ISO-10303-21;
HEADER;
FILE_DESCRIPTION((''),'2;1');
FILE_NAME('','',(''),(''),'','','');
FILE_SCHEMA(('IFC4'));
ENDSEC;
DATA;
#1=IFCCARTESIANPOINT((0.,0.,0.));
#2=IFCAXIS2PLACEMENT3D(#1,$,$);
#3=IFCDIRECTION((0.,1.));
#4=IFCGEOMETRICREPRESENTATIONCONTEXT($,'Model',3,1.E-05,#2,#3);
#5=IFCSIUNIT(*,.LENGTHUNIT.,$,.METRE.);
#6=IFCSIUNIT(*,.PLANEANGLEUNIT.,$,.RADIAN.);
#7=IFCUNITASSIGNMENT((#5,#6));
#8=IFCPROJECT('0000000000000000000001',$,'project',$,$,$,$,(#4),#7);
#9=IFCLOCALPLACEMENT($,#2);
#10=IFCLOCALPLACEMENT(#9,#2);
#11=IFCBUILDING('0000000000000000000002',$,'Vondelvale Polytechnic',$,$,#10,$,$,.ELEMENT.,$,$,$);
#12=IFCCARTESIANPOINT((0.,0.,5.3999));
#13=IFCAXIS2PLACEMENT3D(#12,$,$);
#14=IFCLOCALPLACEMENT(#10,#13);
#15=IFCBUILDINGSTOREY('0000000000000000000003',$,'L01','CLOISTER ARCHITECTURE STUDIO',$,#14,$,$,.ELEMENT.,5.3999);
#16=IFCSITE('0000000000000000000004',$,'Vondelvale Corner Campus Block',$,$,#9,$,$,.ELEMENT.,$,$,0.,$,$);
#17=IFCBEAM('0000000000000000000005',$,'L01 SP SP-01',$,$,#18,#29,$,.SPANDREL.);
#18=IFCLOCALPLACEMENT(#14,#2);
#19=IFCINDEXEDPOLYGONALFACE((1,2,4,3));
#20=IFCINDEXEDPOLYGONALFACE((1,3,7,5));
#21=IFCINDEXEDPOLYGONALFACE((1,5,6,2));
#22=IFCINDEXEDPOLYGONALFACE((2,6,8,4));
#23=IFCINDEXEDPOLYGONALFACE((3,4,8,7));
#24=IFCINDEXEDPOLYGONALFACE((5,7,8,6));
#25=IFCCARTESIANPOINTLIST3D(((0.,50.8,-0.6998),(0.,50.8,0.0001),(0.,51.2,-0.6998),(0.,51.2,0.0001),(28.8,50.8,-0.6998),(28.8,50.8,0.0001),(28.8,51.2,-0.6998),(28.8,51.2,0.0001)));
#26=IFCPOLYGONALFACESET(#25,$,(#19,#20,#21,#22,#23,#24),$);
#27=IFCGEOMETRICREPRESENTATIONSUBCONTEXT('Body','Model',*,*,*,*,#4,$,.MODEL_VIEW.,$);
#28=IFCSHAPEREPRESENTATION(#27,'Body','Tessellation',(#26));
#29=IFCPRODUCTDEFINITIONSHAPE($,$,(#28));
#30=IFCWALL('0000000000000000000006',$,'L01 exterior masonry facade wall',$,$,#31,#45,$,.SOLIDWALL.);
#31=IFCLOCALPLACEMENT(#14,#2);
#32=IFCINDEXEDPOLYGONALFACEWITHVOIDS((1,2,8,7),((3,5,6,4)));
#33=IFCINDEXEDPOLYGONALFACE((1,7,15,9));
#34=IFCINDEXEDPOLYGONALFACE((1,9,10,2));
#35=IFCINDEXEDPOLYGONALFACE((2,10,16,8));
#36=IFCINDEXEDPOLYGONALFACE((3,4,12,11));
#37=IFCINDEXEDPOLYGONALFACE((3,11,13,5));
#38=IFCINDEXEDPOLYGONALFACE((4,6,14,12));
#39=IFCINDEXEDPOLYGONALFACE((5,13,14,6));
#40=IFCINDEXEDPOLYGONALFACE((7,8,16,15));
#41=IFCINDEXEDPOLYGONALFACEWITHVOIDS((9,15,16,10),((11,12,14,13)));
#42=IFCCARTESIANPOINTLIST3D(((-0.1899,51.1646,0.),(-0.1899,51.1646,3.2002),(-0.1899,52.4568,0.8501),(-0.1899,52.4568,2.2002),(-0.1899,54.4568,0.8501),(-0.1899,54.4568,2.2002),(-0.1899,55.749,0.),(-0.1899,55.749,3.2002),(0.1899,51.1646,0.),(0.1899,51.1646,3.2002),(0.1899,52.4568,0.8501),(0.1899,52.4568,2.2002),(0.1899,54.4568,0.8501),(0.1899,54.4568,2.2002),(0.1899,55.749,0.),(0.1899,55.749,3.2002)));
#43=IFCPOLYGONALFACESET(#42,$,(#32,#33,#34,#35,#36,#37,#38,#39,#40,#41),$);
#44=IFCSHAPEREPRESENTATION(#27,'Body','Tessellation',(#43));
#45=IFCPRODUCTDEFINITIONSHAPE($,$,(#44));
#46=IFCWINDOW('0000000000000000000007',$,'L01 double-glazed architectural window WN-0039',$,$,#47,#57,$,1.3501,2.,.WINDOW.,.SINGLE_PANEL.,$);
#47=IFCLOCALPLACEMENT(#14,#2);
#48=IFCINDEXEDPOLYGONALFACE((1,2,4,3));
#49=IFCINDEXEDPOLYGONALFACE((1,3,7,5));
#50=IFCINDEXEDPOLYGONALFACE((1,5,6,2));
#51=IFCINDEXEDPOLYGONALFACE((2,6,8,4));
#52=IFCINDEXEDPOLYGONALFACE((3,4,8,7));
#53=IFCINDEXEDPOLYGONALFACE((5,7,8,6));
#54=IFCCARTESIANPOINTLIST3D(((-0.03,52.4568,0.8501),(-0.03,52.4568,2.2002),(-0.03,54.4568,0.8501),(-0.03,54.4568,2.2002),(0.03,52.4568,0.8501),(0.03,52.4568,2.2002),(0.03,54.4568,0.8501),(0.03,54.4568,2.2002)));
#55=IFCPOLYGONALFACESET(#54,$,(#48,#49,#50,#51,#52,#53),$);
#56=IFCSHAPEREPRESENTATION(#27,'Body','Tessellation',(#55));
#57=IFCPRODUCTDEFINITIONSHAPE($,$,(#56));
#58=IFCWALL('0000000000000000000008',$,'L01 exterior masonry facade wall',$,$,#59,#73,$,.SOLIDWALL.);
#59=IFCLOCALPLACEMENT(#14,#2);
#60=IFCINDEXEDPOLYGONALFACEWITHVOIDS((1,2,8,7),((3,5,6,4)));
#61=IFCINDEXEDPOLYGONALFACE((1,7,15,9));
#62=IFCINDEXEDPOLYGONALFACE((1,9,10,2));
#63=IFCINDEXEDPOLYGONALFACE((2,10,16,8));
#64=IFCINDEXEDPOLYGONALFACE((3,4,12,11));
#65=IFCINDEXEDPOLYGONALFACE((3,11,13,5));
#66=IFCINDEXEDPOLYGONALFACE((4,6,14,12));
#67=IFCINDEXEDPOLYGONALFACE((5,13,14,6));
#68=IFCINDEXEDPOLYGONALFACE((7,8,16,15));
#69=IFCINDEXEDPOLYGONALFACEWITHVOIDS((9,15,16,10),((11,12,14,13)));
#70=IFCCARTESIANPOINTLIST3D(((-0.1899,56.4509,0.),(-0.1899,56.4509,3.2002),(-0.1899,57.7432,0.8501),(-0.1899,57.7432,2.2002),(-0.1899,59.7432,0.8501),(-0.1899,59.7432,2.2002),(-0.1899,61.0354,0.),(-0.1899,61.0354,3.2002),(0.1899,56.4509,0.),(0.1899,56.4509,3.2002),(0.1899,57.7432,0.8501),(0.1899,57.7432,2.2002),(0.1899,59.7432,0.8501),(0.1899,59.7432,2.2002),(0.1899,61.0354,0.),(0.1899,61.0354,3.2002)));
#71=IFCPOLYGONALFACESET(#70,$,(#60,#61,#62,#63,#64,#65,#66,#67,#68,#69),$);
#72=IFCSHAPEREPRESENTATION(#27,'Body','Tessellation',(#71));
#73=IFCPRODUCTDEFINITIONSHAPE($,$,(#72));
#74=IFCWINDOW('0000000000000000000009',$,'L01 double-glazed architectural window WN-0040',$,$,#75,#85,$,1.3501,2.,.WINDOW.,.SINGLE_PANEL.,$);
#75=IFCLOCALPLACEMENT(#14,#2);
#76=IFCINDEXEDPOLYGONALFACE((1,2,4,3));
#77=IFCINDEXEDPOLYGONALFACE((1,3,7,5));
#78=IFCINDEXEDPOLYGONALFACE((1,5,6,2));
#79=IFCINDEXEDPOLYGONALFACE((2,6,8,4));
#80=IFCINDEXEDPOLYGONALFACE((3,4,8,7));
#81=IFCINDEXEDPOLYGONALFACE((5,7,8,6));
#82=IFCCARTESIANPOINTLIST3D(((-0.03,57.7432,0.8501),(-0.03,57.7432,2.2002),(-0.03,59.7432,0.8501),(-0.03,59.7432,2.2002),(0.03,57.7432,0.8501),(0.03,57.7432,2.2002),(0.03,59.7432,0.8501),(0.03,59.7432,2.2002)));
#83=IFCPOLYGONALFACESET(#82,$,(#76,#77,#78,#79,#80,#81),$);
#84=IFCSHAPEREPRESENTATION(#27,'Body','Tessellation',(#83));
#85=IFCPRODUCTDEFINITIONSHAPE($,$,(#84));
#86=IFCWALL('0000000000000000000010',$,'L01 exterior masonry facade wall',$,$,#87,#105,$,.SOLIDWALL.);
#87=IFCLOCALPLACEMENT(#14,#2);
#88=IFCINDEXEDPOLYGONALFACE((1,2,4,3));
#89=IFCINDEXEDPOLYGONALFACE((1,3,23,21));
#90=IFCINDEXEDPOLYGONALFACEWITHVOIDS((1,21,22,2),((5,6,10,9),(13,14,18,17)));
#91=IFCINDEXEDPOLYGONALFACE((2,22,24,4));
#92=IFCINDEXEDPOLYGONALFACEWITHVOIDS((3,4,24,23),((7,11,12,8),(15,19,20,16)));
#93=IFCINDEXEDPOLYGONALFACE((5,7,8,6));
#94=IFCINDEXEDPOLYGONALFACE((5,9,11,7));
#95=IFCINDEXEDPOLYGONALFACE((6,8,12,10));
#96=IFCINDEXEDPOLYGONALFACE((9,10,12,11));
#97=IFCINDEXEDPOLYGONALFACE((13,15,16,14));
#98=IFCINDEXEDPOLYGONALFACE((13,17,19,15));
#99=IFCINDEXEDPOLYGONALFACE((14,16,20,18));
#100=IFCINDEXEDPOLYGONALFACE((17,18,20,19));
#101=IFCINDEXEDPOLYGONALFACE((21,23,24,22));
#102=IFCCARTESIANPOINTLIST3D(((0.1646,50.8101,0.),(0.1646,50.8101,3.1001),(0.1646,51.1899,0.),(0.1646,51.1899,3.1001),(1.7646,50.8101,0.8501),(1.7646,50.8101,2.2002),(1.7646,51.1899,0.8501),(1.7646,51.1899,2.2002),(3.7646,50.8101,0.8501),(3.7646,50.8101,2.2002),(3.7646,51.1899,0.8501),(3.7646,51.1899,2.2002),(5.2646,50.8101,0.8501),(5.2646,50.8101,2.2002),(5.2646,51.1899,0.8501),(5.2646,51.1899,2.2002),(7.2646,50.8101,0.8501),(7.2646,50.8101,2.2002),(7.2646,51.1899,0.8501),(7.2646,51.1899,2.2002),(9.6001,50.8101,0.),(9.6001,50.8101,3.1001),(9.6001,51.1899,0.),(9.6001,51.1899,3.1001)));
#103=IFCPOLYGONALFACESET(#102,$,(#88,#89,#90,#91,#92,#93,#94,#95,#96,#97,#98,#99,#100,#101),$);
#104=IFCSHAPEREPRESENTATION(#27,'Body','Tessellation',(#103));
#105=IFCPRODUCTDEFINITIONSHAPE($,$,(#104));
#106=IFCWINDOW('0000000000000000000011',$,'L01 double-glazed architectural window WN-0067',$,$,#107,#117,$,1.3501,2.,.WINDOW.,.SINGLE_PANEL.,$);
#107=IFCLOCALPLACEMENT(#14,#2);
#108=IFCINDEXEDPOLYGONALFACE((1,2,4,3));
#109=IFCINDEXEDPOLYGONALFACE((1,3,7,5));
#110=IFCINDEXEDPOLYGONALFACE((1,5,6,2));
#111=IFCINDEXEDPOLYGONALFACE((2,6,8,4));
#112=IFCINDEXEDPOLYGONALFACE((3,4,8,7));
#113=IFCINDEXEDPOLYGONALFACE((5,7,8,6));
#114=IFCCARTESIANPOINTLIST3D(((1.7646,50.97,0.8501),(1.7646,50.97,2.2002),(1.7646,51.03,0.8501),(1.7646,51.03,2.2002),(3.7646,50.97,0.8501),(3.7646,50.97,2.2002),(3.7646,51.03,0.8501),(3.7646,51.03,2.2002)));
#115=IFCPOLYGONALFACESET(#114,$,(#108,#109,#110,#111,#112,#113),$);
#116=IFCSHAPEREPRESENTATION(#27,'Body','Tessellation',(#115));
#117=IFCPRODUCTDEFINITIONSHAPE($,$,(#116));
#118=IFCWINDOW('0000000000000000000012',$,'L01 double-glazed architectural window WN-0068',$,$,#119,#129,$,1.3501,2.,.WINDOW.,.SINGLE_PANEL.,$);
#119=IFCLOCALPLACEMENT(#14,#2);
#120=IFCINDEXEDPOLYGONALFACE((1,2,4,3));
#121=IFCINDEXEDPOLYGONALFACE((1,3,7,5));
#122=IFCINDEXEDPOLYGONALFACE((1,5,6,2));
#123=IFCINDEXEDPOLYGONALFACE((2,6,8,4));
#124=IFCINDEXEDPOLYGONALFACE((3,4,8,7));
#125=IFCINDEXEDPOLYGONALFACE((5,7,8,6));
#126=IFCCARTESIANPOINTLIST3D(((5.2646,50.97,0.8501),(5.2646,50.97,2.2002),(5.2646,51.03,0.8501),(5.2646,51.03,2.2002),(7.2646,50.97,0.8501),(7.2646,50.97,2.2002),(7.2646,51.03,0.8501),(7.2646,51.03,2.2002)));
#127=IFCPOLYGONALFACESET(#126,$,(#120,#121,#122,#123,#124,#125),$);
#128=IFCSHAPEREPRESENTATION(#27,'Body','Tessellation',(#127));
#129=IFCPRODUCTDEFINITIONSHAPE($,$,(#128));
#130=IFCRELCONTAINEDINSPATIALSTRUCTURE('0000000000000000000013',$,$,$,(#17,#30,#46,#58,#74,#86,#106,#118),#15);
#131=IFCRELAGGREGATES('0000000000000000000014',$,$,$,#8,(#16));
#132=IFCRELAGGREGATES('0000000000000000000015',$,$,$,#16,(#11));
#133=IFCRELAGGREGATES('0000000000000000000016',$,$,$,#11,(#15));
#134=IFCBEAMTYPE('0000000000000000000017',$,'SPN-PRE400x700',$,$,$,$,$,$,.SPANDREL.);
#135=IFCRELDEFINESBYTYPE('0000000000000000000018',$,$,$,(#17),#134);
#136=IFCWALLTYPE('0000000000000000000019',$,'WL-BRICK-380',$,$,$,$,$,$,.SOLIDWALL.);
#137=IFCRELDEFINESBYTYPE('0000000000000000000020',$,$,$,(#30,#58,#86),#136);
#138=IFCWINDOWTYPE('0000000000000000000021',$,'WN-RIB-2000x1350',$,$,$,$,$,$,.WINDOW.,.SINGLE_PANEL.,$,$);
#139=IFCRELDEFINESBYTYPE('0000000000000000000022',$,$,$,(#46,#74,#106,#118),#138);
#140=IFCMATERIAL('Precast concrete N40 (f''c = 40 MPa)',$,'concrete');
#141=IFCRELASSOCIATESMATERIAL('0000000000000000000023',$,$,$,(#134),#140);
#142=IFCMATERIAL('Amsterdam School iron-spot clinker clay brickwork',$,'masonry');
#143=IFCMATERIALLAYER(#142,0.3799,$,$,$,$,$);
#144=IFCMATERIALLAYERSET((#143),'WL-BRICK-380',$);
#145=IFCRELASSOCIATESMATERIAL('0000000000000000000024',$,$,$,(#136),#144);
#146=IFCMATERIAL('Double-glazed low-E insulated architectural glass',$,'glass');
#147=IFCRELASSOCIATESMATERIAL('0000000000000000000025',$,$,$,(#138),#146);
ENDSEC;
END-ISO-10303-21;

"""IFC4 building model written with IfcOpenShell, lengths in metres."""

from ifc_helpers import new_model, si_unit, direction, frame, frame_2d, origin, origin_2d, place, context, subcontext, project, spatial, rectangle, extrude, material, layer, layer_set, material_profile, profile_set, type_object, element, fill, save


model = new_model("IFC4")

# Units and contexts
model_context = context("Model", 3, precision=1e-05, world=origin(), true_north=direction((0.0, 1.0)))
body_context = subcontext(model_context, "Body", "Model", "MODEL_VIEW")
ifc_project = project(units=[si_unit("LENGTHUNIT", "METRE"), si_unit("PLANEANGLEUNIT", "RADIAN")], contexts=[model_context])

# Site, building, storey
site_placement = place(None, origin())
site = spatial("IfcSite", under=ifc_project, at=site_placement, Name="Vondelvale Corner Campus Block", CompositionType="ELEMENT", RefElevation=0.0)
building_placement = place(site_placement, origin())
building = spatial("IfcBuilding", under=site, at=building_placement, Name="Vondelvale Polytechnic", CompositionType="ELEMENT")
storey_placement = place(building_placement, frame((0.0, 0.0, 5.3999)))
storey = spatial("IfcBuildingStorey", under=building, at=storey_placement, Name="L01", Description="CLOISTER ARCHITECTURE STUDIO", CompositionType="ELEMENT", Elevation=5.3999)

# Beam
ifc_material_1 = material(Name="Precast concrete N40 (f'c = 40 MPa)", Category="concrete")
ifc_material_profile_1 = material_profile(ifc_material_1, rectangle(XDim=0.3999, YDim=0.7, at=origin_2d()), Name="RC-SPN-400x700")
ifc_profile_set_1 = profile_set([ifc_material_profile_1], Name="Precast concrete N40 (f'c = 40 MPa)")
beam_type_1 = type_object("IfcBeamType", Name="SPN-PRE400x700", PredefinedType="SPANDREL", material=ifc_profile_set_1)
beam_1_placement = place(storey_placement, frame((0.0, 51.0, -0.3499), z_axis=(1.0, 0.0, 0.0), x_axis=(0.0, 1.0, 0.0)))
element("IfcBeam", 1, at=beam_1_placement, inside=storey, type_object=beam_type_1, Name="L01 SP SP-01", PredefinedType="SPANDREL", context=body_context, shape_type="SweptSolid", body=[
    extrude(rectangle(XDim=0.3999, YDim=0.7, at=origin_2d()), origin(), (0.0, 0.0, 1.0), 28.8),
])

# Walls, openings, windows
ifc_material_2 = material(Name="Amsterdam School iron-spot clinker clay brickwork", Category="masonry")
ifc_layer_1 = layer(ifc_material_2, 0.3799)
ifc_layer_set_1 = layer_set([ifc_layer_1], Name="WL-BRICK-380")
wall_type = type_object("IfcWallType", Name="WL-BRICK-380", PredefinedType="SOLIDWALL", material=ifc_layer_set_1)
wall_1_placement = place(storey_placement, frame((0.0, 51.1646, 0.0), z_axis=(0.0, 0.0, 1.0), x_axis=(0.0, 1.0, 0.0)))
wall_1 = element("IfcWall", 2, at=wall_1_placement, inside=storey, type_object=wall_type, Name="L01 exterior masonry facade wall", PredefinedType="SOLIDWALL", context=body_context, shape_type="SweptSolid", body=[
    extrude(rectangle(XDim=4.5845, YDim=0.3799, at=frame_2d((2.2922, 0.0))), origin(), (0.0, 0.0, 1.0), 3.2002),
])
opening_1_placement = place(wall_1_placement, frame((1.2922, 0.0, 0.8501)))
opening_1 = element("IfcOpeningElement", 3, at=opening_1_placement, cuts=wall_1, PredefinedType="OPENING", context=body_context, shape_type="SweptSolid", body=[
    extrude(rectangle(XDim=2.0, YDim=1.3501, at=frame_2d((1.0, 0.675))), frame((0.0, 0.2, 0.0), z_axis=(0.0, -1.0, 0.0), x_axis=(1.0, 0.0, 0.0)), (0.0, 0.0, 1.0), 0.3999),
])
ifc_material_3 = material(Name="Double-glazed low-E insulated architectural glass", Category="glass")
window_type = type_object("IfcWindowType", Name="WN-RIB-2000x1350", PartitioningType="SINGLE_PANEL", PredefinedType="WINDOW", material=ifc_material_3)
window_1_placement = place(opening_1_placement, origin())
window_1 = element("IfcWindow", 4, at=window_1_placement, inside=storey, type_object=window_type, Name="L01 double-glazed architectural window WN-0039", OverallHeight=1.3501, OverallWidth=2.0, PartitioningType="SINGLE_PANEL", PredefinedType="WINDOW", context=body_context, shape_type="SweptSolid", body=[
    extrude(rectangle(XDim=2.0, YDim=1.3501, at=frame_2d((1.0, 0.675))), frame((0.0, 0.03, 0.0), z_axis=(0.0, -1.0, 0.0), x_axis=(1.0, 0.0, 0.0)), (0.0, 0.0, 1.0), 0.0601),
])
fill(opening_1, window_1)
wall_2_placement = place(storey_placement, frame((0.0, 56.4509, 0.0), z_axis=(0.0, 0.0, 1.0), x_axis=(0.0, 1.0, 0.0)))
wall_2 = element("IfcWall", 5, at=wall_2_placement, inside=storey, type_object=wall_type, Name="L01 exterior masonry facade wall", PredefinedType="SOLIDWALL", context=body_context, shape_type="SweptSolid", body=[
    extrude(rectangle(XDim=4.5845, YDim=0.3799, at=frame_2d((2.2922, 0.0))), origin(), (0.0, 0.0, 1.0), 3.2002),
])
opening_2_placement = place(wall_2_placement, frame((1.2922, 0.0, 0.8501)))
opening_2 = element("IfcOpeningElement", 6, at=opening_2_placement, cuts=wall_2, PredefinedType="OPENING", context=body_context, shape_type="SweptSolid", body=[
    extrude(rectangle(XDim=2.0, YDim=1.3501, at=frame_2d((1.0, 0.675))), frame((0.0, 0.2, 0.0), z_axis=(0.0, -1.0, 0.0), x_axis=(1.0, 0.0, 0.0)), (0.0, 0.0, 1.0), 0.3999),
])
window_2_placement = place(opening_2_placement, origin())
window_2 = element("IfcWindow", 7, at=window_2_placement, inside=storey, type_object=window_type, Name="L01 double-glazed architectural window WN-0040", OverallHeight=1.3501, OverallWidth=2.0, PartitioningType="SINGLE_PANEL", PredefinedType="WINDOW", context=body_context, shape_type="SweptSolid", body=[
    extrude(rectangle(XDim=2.0, YDim=1.3501, at=frame_2d((1.0, 0.675))), frame((0.0, 0.03, 0.0), z_axis=(0.0, -1.0, 0.0), x_axis=(1.0, 0.0, 0.0)), (0.0, 0.0, 1.0), 0.0601),
])
fill(opening_2, window_2)

# Wall, openings, windows
wall_3_placement = place(storey_placement, frame((9.6001, 51.0, 0.0), z_axis=(0.0, 0.0, 1.0), x_axis=(-1.0, 0.0, 0.0)))
wall_3 = element("IfcWall", 8, at=wall_3_placement, inside=storey, type_object=wall_type, Name="L01 exterior masonry facade wall", PredefinedType="SOLIDWALL", context=body_context, shape_type="SweptSolid", body=[
    extrude(rectangle(XDim=9.4355, YDim=0.3799, at=frame_2d((4.7178, 0.0))), origin(), (0.0, 0.0, 1.0), 3.1001),
])
opening_3_placement = place(wall_3_placement, frame((5.8354, 0.0, 0.8501)))
opening_3 = element("IfcOpeningElement", 9, at=opening_3_placement, cuts=wall_3, PredefinedType="OPENING", context=body_context, shape_type="SweptSolid", body=[
    extrude(rectangle(XDim=2.0, YDim=1.3501, at=frame_2d((1.0, 0.675))), frame((0.0, 0.2, 0.0), z_axis=(0.0, -1.0, 0.0), x_axis=(1.0, 0.0, 0.0)), (0.0, 0.0, 1.0), 0.3999),
])
opening_4_placement = place(wall_3_placement, frame((2.3354, 0.0, 0.8501)))
opening_4 = element("IfcOpeningElement", 10, at=opening_4_placement, cuts=wall_3, PredefinedType="OPENING", context=body_context, shape_type="SweptSolid", body=[
    extrude(rectangle(XDim=2.0, YDim=1.3501, at=frame_2d((1.0, 0.675))), frame((0.0, 0.2, 0.0), z_axis=(0.0, -1.0, 0.0), x_axis=(1.0, 0.0, 0.0)), (0.0, 0.0, 1.0), 0.3999),
])
window_3_placement = place(opening_3_placement, origin())
window_3 = element("IfcWindow", 11, at=window_3_placement, inside=storey, type_object=window_type, Name="L01 double-glazed architectural window WN-0067", OverallHeight=1.3501, OverallWidth=2.0, PartitioningType="SINGLE_PANEL", PredefinedType="WINDOW", context=body_context, shape_type="SweptSolid", body=[
    extrude(rectangle(XDim=2.0, YDim=1.3501, at=frame_2d((1.0, 0.675))), frame((0.0, 0.03, 0.0), z_axis=(0.0, -1.0, 0.0), x_axis=(1.0, 0.0, 0.0)), (0.0, 0.0, 1.0), 0.0601),
])
fill(opening_3, window_3)
window_4_placement = place(opening_4_placement, origin())
window_4 = element("IfcWindow", 12, at=window_4_placement, inside=storey, type_object=window_type, Name="L01 double-glazed architectural window WN-0068", OverallHeight=1.3501, OverallWidth=2.0, PartitioningType="SINGLE_PANEL", PredefinedType="WINDOW", context=body_context, shape_type="SweptSolid", body=[
    extrude(rectangle(XDim=2.0, YDim=1.3501, at=frame_2d((1.0, 0.675))), frame((0.0, 0.03, 0.0), z_axis=(0.0, -1.0, 0.0), x_axis=(1.0, 0.0, 0.0)), (0.0, 0.0, 1.0), 0.0601),
])
fill(opening_4, window_4)

save(model, "model.ifc")
